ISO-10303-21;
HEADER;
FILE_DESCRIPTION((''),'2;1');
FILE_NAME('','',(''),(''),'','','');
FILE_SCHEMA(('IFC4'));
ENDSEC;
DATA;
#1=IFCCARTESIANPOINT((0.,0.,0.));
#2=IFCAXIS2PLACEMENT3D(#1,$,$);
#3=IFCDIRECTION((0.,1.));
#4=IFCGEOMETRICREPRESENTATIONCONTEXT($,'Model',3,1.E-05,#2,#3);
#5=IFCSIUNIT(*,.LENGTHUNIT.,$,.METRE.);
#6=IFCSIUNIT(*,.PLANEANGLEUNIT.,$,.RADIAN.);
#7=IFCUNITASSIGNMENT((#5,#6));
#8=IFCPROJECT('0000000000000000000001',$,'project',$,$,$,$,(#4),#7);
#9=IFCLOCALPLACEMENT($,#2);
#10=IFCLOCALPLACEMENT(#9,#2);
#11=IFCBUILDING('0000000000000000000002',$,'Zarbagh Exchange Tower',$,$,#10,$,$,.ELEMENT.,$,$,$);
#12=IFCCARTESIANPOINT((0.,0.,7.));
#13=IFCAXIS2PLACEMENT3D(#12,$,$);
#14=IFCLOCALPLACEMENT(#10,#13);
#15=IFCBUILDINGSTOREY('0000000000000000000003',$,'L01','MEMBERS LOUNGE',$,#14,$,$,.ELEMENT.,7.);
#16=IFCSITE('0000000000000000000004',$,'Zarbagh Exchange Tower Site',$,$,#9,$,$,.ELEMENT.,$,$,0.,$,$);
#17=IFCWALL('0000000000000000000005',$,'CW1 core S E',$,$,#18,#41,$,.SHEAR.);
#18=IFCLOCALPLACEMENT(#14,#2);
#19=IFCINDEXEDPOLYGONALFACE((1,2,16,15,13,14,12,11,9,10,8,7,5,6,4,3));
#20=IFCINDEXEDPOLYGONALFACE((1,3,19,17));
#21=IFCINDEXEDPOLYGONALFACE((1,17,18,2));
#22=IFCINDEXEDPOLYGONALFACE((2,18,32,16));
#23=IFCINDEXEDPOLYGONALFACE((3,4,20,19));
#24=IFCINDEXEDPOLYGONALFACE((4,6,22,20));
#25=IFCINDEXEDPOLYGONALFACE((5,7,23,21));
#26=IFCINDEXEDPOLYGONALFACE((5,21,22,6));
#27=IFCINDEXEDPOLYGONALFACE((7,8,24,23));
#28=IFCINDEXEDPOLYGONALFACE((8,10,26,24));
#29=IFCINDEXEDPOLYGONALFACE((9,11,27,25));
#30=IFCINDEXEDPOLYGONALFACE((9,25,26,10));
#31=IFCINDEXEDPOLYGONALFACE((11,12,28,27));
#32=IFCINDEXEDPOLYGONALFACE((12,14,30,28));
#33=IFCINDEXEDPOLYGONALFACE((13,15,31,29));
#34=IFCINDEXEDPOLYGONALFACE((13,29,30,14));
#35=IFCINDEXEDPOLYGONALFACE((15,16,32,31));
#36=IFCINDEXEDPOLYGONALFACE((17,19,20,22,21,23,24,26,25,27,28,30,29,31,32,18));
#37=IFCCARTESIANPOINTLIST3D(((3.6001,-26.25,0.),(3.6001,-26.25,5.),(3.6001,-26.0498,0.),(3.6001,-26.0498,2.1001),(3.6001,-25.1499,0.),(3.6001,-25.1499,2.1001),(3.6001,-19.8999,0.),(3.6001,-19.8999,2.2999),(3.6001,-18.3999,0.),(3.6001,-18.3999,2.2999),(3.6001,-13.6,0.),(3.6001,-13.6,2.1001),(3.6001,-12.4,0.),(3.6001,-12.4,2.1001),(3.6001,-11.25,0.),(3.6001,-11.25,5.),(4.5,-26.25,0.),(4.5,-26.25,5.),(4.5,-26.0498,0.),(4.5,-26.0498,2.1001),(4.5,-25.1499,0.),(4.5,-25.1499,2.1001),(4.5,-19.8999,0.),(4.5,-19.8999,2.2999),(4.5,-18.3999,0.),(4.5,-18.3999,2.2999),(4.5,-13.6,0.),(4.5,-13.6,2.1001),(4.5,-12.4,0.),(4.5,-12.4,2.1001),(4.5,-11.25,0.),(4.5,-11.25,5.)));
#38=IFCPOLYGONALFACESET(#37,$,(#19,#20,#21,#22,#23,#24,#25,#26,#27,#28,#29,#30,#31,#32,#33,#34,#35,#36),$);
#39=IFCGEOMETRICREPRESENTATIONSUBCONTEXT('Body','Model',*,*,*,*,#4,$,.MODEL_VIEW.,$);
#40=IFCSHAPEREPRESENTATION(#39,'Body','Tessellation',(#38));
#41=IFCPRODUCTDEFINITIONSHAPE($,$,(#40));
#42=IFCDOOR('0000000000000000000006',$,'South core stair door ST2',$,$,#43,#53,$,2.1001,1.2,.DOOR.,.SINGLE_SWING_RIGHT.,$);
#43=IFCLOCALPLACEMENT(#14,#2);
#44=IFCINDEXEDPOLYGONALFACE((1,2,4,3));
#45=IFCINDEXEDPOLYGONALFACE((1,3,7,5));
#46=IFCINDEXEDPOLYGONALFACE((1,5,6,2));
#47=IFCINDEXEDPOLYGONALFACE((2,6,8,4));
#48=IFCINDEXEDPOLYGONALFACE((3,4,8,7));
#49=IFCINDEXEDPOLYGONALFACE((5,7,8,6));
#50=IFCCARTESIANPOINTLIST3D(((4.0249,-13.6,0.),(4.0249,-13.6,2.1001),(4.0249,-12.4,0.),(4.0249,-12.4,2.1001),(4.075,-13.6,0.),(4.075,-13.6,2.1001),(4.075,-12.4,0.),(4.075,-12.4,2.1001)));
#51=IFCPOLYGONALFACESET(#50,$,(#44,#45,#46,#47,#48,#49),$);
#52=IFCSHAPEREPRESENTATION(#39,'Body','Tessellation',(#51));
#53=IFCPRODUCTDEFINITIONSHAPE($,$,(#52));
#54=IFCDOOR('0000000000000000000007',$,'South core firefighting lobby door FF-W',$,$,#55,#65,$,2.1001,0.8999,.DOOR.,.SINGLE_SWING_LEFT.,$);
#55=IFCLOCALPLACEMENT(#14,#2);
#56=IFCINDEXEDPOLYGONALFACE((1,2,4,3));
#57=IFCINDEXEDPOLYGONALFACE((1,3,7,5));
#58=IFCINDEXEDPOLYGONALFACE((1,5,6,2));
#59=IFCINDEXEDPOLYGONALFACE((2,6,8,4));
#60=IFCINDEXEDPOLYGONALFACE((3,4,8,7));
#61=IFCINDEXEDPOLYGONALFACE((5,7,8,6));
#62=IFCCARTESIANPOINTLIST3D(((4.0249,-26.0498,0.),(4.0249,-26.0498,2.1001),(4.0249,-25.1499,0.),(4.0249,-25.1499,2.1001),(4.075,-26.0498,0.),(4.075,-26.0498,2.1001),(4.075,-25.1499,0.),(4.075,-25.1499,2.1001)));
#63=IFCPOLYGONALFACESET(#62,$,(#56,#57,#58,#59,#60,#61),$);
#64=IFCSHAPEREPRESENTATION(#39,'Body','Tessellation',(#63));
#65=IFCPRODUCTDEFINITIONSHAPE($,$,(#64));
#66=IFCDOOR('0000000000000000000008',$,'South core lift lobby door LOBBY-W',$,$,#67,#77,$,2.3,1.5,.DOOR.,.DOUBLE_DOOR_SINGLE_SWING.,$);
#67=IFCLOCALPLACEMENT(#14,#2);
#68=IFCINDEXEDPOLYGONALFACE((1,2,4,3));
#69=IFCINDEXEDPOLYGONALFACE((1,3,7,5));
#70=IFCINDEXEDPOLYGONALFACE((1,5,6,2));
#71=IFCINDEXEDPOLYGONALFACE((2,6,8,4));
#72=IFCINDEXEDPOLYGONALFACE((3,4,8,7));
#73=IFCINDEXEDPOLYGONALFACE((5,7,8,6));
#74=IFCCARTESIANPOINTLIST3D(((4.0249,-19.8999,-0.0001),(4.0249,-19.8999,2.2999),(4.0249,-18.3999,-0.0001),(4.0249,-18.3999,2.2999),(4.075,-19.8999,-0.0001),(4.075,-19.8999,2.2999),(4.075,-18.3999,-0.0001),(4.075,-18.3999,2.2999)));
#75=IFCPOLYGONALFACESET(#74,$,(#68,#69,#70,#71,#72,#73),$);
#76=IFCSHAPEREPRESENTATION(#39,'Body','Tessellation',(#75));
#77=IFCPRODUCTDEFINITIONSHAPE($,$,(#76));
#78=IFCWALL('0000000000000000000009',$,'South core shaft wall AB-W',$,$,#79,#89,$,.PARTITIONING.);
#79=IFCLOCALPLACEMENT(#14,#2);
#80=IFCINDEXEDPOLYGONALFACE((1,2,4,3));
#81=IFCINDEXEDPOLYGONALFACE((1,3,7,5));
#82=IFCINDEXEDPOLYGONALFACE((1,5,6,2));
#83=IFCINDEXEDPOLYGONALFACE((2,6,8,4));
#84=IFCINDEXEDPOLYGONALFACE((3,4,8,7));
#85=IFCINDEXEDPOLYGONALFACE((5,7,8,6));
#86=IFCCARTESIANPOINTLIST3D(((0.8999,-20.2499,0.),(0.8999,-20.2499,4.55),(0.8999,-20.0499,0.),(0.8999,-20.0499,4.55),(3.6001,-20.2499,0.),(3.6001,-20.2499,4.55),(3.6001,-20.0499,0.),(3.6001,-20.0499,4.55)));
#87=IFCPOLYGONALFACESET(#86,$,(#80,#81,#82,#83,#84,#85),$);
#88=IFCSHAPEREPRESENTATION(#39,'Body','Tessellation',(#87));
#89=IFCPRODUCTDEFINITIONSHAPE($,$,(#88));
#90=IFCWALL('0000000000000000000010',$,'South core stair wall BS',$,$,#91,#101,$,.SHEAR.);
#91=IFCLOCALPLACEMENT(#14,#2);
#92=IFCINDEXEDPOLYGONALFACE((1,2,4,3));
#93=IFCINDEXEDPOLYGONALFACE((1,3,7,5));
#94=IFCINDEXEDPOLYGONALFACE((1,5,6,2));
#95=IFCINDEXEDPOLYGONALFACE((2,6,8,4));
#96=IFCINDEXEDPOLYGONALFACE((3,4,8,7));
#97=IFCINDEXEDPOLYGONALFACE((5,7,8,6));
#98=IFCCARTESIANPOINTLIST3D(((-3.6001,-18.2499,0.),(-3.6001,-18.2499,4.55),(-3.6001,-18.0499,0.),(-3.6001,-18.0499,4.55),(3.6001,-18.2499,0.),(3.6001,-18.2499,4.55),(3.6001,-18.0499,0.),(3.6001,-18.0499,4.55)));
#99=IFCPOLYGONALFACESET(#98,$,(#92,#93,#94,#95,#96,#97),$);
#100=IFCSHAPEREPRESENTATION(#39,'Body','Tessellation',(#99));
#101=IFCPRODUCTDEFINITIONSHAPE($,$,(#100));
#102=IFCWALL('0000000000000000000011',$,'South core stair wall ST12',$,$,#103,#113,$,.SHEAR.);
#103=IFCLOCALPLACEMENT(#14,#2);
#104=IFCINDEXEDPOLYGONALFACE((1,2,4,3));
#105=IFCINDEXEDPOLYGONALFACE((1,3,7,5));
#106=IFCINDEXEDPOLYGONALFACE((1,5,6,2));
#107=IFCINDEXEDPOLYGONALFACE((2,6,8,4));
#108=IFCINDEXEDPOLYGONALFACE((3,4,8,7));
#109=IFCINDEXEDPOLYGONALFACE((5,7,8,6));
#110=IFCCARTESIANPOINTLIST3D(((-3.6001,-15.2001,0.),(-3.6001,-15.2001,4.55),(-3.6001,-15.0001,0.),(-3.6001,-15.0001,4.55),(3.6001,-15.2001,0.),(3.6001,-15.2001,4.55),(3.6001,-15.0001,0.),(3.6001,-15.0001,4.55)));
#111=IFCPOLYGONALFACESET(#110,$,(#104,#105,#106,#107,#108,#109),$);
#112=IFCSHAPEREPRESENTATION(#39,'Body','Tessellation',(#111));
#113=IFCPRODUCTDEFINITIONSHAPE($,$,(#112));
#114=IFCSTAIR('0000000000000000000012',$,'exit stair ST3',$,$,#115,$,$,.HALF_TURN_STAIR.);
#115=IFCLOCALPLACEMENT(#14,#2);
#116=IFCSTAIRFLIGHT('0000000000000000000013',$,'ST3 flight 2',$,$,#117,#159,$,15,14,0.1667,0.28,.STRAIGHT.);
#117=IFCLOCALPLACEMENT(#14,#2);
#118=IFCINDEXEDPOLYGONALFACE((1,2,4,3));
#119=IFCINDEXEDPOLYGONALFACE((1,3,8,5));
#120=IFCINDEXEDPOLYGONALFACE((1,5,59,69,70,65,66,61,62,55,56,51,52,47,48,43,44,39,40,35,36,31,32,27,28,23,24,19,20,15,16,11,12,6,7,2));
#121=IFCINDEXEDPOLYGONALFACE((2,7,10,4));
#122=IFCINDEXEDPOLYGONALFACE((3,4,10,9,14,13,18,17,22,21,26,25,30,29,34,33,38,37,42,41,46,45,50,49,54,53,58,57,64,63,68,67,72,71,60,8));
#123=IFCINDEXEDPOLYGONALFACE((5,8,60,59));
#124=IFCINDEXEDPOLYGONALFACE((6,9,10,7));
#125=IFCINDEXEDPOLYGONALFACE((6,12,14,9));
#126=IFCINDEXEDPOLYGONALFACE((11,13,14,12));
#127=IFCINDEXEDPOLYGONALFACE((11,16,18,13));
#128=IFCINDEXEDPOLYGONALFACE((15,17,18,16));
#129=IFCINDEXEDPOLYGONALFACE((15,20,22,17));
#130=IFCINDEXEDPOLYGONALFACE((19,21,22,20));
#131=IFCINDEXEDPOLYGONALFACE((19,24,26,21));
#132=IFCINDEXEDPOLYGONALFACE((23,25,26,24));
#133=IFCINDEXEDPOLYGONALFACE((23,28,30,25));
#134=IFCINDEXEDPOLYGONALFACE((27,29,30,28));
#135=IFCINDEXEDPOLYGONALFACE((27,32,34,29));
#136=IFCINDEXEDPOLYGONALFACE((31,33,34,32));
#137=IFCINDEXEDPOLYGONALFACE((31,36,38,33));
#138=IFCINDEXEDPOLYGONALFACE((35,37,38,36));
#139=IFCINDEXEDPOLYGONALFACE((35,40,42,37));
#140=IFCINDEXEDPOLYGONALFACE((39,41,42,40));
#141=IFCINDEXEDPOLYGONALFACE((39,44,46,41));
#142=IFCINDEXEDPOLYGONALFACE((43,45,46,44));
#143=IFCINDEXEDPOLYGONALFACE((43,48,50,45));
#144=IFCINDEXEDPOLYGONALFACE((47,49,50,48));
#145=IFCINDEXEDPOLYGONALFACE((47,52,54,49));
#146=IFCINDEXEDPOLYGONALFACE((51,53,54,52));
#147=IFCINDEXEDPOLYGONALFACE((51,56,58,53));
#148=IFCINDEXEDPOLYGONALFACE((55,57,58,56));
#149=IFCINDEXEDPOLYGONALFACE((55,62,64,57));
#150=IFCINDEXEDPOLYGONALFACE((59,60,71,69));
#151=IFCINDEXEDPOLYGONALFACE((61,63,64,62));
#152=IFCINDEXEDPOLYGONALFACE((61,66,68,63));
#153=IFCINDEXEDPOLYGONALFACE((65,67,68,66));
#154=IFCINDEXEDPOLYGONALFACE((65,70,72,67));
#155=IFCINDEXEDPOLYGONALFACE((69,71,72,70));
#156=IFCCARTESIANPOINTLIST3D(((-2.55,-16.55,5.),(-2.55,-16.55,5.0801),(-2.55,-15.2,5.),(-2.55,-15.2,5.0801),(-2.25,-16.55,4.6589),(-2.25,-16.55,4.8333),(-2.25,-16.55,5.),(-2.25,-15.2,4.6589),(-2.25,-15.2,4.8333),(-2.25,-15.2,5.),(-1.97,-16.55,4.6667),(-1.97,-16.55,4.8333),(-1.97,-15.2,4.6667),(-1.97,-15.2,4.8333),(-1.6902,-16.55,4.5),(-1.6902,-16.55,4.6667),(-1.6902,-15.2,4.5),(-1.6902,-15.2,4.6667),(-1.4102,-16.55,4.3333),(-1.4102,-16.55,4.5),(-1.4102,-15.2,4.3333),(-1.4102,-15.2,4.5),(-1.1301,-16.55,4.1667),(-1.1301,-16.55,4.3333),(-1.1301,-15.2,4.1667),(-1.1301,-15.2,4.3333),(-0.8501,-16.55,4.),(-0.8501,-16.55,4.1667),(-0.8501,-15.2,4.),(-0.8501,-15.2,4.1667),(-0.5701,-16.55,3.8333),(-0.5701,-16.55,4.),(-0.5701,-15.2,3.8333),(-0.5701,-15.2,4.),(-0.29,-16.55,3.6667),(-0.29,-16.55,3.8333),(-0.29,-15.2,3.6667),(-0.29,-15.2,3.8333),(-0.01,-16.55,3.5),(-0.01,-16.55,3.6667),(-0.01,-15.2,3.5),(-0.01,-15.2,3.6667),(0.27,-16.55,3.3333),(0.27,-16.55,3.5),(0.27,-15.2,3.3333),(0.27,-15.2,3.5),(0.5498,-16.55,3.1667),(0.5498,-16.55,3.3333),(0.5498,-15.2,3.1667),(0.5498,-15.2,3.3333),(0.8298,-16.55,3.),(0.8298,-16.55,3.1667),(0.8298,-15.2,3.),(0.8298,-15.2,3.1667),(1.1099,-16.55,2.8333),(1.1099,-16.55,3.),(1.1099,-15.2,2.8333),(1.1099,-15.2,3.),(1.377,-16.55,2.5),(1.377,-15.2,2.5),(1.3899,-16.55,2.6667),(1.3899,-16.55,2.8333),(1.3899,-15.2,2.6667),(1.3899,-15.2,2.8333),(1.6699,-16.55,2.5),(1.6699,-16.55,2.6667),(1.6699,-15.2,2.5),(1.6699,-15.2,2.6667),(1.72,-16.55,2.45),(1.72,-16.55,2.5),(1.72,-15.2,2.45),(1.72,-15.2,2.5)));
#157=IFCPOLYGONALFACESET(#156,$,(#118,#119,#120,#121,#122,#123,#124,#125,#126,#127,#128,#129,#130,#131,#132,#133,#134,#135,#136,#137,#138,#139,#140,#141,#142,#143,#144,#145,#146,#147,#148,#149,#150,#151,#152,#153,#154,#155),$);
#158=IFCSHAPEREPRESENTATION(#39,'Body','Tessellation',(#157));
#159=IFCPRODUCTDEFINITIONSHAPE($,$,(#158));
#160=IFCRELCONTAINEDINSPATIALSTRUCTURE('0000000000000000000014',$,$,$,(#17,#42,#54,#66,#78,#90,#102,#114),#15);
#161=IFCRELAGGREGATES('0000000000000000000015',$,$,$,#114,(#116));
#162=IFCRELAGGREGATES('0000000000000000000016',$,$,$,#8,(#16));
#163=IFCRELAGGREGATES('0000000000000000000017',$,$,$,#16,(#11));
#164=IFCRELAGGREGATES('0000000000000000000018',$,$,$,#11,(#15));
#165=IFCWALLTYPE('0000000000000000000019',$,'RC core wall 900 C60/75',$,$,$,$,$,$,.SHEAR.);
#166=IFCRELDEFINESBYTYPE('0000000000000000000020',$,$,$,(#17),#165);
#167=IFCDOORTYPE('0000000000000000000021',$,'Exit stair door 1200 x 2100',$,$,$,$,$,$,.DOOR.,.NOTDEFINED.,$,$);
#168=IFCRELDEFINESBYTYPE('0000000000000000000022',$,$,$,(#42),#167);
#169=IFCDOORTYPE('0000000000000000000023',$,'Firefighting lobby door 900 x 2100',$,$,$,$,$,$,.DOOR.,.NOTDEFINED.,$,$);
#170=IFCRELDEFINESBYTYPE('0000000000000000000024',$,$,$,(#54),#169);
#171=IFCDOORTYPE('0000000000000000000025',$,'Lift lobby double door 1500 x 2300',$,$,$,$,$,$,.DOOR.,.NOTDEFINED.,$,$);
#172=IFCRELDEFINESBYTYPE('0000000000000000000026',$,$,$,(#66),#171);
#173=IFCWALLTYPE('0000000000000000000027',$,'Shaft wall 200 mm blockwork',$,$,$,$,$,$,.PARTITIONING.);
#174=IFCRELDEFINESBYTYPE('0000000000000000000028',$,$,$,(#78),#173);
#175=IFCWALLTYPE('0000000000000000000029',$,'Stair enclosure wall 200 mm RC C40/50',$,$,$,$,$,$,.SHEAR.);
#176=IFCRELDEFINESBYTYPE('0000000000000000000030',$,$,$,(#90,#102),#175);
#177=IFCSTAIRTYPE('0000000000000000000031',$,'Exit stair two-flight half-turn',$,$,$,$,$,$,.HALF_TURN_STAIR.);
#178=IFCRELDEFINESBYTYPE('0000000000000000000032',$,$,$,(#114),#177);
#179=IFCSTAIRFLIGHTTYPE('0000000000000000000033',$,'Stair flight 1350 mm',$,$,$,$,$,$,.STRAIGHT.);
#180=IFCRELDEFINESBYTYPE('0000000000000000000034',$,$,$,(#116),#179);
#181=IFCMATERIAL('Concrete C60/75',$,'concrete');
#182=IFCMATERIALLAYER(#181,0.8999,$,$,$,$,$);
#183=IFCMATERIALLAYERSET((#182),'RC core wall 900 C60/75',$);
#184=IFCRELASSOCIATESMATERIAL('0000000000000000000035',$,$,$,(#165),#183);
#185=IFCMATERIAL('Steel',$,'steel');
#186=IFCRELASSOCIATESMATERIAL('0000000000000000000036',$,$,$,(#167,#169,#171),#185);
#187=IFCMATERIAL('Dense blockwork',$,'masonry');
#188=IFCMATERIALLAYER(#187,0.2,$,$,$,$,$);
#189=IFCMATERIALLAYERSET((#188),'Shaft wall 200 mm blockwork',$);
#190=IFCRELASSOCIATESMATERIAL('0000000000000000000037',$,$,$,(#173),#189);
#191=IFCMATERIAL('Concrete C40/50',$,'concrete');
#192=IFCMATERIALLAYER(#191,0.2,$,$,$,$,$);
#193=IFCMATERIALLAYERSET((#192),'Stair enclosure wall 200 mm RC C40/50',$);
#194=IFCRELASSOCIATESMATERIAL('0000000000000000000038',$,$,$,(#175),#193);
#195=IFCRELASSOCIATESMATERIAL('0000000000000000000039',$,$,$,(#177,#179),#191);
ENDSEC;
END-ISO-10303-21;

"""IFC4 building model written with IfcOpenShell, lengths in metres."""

from ifc_helpers import new_model, si_unit, direction, frame, frame_2d, origin, place, context, subcontext, project, spatial, polyline, rectangle, outline, extrude, material, layer, layer_set, type_object, element, fill, aggregate, save


model = new_model("IFC4")

# Units and contexts
model_context = context("Model", 3, precision=1e-05, world=origin(), true_north=direction((0.0, 1.0)))
body_context = subcontext(model_context, "Body", "Model", "MODEL_VIEW")
ifc_project = project(units=[si_unit("LENGTHUNIT", "METRE"), si_unit("PLANEANGLEUNIT", "RADIAN")], contexts=[model_context])

# Site, building, storey
site_placement = place(None, origin())
site = spatial("IfcSite", under=ifc_project, at=site_placement, Name="Zarbagh Exchange Tower Site", CompositionType="ELEMENT", RefElevation=0.0)
building_placement = place(site_placement, origin())
building = spatial("IfcBuilding", under=site, at=building_placement, Name="Zarbagh Exchange Tower", CompositionType="ELEMENT")
storey_placement = place(building_placement, frame((0.0, 0.0, 7.0)))
storey = spatial("IfcBuildingStorey", under=building, at=storey_placement, Name="L01", Description="MEMBERS LOUNGE", CompositionType="ELEMENT", Elevation=7.0)

# Shared definitions
ifc_material_1 = material(Name="Concrete C60/75", Category="concrete")

# Shared definitions
ifc_material_2 = material(Name="Dense blockwork", Category="masonry")

# Wall, openings, doors
ifc_layer_1 = layer(ifc_material_1, 0.8999)
ifc_layer_set_1 = layer_set([ifc_layer_1], Name="RC core wall 900 C60/75")
wall_type_1 = type_object("IfcWallType", Name="RC core wall 900 C60/75", PredefinedType="SHEAR", material=ifc_layer_set_1)
wall_1_placement = place(storey_placement, frame((4.05, -11.25, 0.0), z_axis=(0.0, 0.0, 1.0), x_axis=(0.0, -1.0, 0.0)))
wall_1 = element("IfcWall", 1, at=wall_1_placement, inside=storey, type_object=wall_type_1, Name="CW1 core S E", PredefinedType="SHEAR", context=body_context, shape_type="SweptSolid", body=[
    extrude(rectangle(XDim=15.0, YDim=0.8999, at=frame_2d((7.5, 0.0))), origin(), (0.0, 0.0, 1.0), 5.0),
])
opening_1_placement = place(wall_1_placement, frame((7.1499, 0.0, 0.0)))
opening_1 = element("IfcOpeningElement", 2, at=opening_1_placement, cuts=wall_1, PredefinedType="OPENING", context=body_context, shape_type="SweptSolid", body=[
    extrude(rectangle(XDim=1.5, YDim=2.3, at=frame_2d((0.75, 1.1499))), frame((0.0, 0.46, 0.0), z_axis=(0.0, -1.0, 0.0), x_axis=(1.0, 0.0, 0.0)), (0.0, 0.0, 1.0), 0.9199),
])
opening_2_placement = place(wall_1_placement, frame((13.8999, 0.0, 0.0)))
opening_2 = element("IfcOpeningElement", 3, at=opening_2_placement, cuts=wall_1, PredefinedType="OPENING", context=body_context, shape_type="SweptSolid", body=[
    extrude(rectangle(XDim=0.8999, YDim=2.1001, at=frame_2d((0.45, 1.05))), frame((0.0, 0.46, 0.0), z_axis=(0.0, -1.0, 0.0), x_axis=(1.0, 0.0, 0.0)), (0.0, 0.0, 1.0), 0.9199),
])
opening_3_placement = place(wall_1_placement, frame((1.1499, 0.0, 0.0)))
opening_3 = element("IfcOpeningElement", 4, at=opening_3_placement, cuts=wall_1, PredefinedType="OPENING", context=body_context, shape_type="SweptSolid", body=[
    extrude(rectangle(XDim=1.2, YDim=2.1001, at=frame_2d((0.6001, 1.05))), frame((0.0, 0.46, 0.0), z_axis=(0.0, -1.0, 0.0), x_axis=(1.0, 0.0, 0.0)), (0.0, 0.0, 1.0), 0.9199),
])
ifc_material_3 = material(Name="Steel", Category="steel")
door_type_1 = type_object("IfcDoorType", Name="Exit stair door 1200 x 2100", OperationType="NOTDEFINED", PredefinedType="DOOR", material=ifc_material_3)
door_1_placement = place(opening_3_placement, origin())
door_1 = element("IfcDoor", 5, at=door_1_placement, inside=storey, type_object=door_type_1, Name="South core stair door ST2", OperationType="SINGLE_SWING_RIGHT", OverallHeight=2.1001, OverallWidth=1.2, PredefinedType="DOOR", context=body_context, shape_type="SweptSolid", body=[
    extrude(rectangle(XDim=1.2, YDim=2.1001, at=frame_2d((0.6001, 1.05))), frame((0.0, 0.0249, 0.0), z_axis=(0.0, -1.0, 0.0), x_axis=(1.0, 0.0, 0.0)), (0.0, 0.0, 1.0), 0.05),
])
fill(opening_3, door_1)
door_type_2 = type_object("IfcDoorType", Name="Firefighting lobby door 900 x 2100", OperationType="NOTDEFINED", PredefinedType="DOOR", material=ifc_material_3)
door_2_placement = place(opening_2_placement, origin())
door_2 = element("IfcDoor", 6, at=door_2_placement, inside=storey, type_object=door_type_2, Name="South core firefighting lobby door FF-W", OperationType="SINGLE_SWING_LEFT", OverallHeight=2.1001, OverallWidth=0.8999, PredefinedType="DOOR", context=body_context, shape_type="SweptSolid", body=[
    extrude(rectangle(XDim=0.8999, YDim=2.1001, at=frame_2d((0.45, 1.05))), frame((0.0, 0.0249, 0.0), z_axis=(0.0, -1.0, 0.0), x_axis=(1.0, 0.0, 0.0)), (0.0, 0.0, 1.0), 0.05),
])
fill(opening_2, door_2)
door_type_3 = type_object("IfcDoorType", Name="Lift lobby double door 1500 x 2300", OperationType="NOTDEFINED", PredefinedType="DOOR", material=ifc_material_3)
door_3_placement = place(opening_1_placement, origin())
door_3 = element("IfcDoor", 7, at=door_3_placement, inside=storey, type_object=door_type_3, Name="South core lift lobby door LOBBY-W", OperationType="DOUBLE_DOOR_SINGLE_SWING", OverallHeight=2.3, OverallWidth=1.5, PredefinedType="DOOR", context=body_context, shape_type="SweptSolid", body=[
    extrude(rectangle(XDim=1.5, YDim=2.3, at=frame_2d((0.75, 1.1499))), frame((0.0, 0.0249, 0.0), z_axis=(0.0, -1.0, 0.0), x_axis=(1.0, 0.0, 0.0)), (0.0, 0.0, 1.0), 0.05),
])
fill(opening_1, door_3)

# Walls
ifc_layer_2 = layer(ifc_material_2, 0.2)
ifc_layer_set_2 = layer_set([ifc_layer_2], Name="Shaft wall 200 mm blockwork")
wall_type_2 = type_object("IfcWallType", Name="Shaft wall 200 mm blockwork", PredefinedType="PARTITIONING", material=ifc_layer_set_2)
wall_2_placement = place(storey_placement, frame((3.6001, -20.1499, 0.0), z_axis=(0.0, 0.0, 1.0), x_axis=(-1.0, 0.0, 0.0)))
element("IfcWall", 8, at=wall_2_placement, inside=storey, type_object=wall_type_2, Name="South core shaft wall AB-W", PredefinedType="PARTITIONING", context=body_context, shape_type="SweptSolid", body=[
    extrude(rectangle(XDim=2.7002, YDim=0.2, at=frame_2d((1.3501, 0.0))), origin(), (0.0, 0.0, 1.0), 4.55),
])
ifc_material_4 = material(Name="Concrete C40/50", Category="concrete")
ifc_layer_3 = layer(ifc_material_4, 0.2)
ifc_layer_set_3 = layer_set([ifc_layer_3], Name="Stair enclosure wall 200 mm RC C40/50")
wall_type_3 = type_object("IfcWallType", Name="Stair enclosure wall 200 mm RC C40/50", PredefinedType="SHEAR", material=ifc_layer_set_3)
for number, where, z_axis, x_axis, name in (
    (9, (3.6001, -18.1499, 0.0), (0.0, 0.0, 1.0), (-1.0, 0.0, 0.0), "South core stair wall BS"),
    (10, (3.6001, -15.1001, 0.0), (0.0, 0.0, 1.0), (-1.0, 0.0, 0.0), "South core stair wall ST12"),
):
    element("IfcWall", number, at=place(storey_placement, frame(where, z_axis=z_axis, x_axis=x_axis)), inside=storey, type_object=wall_type_3, Name=name, PredefinedType="SHEAR", context=body_context, shape_type="SweptSolid", body=[
        extrude(rectangle(XDim=7.2002, YDim=0.2, at=frame_2d((3.6001, 0.0))), origin(), (0.0, 0.0, 1.0), 4.55),
    ])

# Stair, stair flight
stair_type = type_object("IfcStairType", Name="Exit stair two-flight half-turn", PredefinedType="HALF_TURN_STAIR", material=ifc_material_4)
stair_1_placement = place(storey_placement, origin())
stair_1 = element("IfcStair", 11, at=stair_1_placement, inside=storey, type_object=stair_type, Name="exit stair ST3", PredefinedType="HALF_TURN_STAIR")
stair_flight_type = type_object("IfcStairFlightType", Name="Stair flight 1350 mm", PredefinedType="STRAIGHT", material=ifc_material_4)
stair_flight_1_placement = place(storey_placement, frame((1.6699, -15.875, 2.5), z_axis=(0.0, 0.0, 1.0), x_axis=(-1.0, 0.0, 0.0)))
stair_flight_1 = element("IfcStairFlight", 12, at=stair_flight_1_placement, type_object=stair_flight_type, Name="ST3 flight 2", NumberOfRisers=15, NumberOfTreads=14, PredefinedType="STRAIGHT", RiserHeight=0.1667, TreadLength=0.28, context=body_context, shape_type="SweptSolid", body=[
    extrude(outline(polyline([(-0.05, -0.05), (-0.05, 0.0), (0.0, 0.0), (0.0, 0.1667), (0.28, 0.1667), (0.28, 0.3333), (0.5601, 0.3333), (0.5601, 0.5), (0.8401, 0.5), (0.8401, 0.6667), (1.1201, 0.6667), (1.1201, 0.8333), (1.3999, 0.8333), (1.3999, 1.0), (1.6799, 1.0), (1.6799, 1.1667), (1.96, 1.1667), (1.96, 1.3333), (2.24, 1.3333), (2.24, 1.5), (2.52, 1.5), (2.52, 1.6667), (2.8, 1.6667), (2.8, 1.8333), (3.0801, 1.8333), (3.0801, 2.0), (3.3601, 2.0), (3.3601, 2.1667), (3.6399, 2.1667), (3.6399, 2.3333), (3.9199, 2.3333), (3.9199, 2.5), (4.22, 2.5801), (4.22, 2.5), (3.9199, 2.1589), (0.293, 0.0), (-0.05, -0.05)])), frame((0.0, 0.675, 0.0), z_axis=(0.0, -1.0, 0.0), x_axis=(1.0, 0.0, 0.0)), (0.0, 0.0, 1.0), 1.3501),
])
aggregate(stair_1, [stair_flight_1])

save(model, "model.ifc")
